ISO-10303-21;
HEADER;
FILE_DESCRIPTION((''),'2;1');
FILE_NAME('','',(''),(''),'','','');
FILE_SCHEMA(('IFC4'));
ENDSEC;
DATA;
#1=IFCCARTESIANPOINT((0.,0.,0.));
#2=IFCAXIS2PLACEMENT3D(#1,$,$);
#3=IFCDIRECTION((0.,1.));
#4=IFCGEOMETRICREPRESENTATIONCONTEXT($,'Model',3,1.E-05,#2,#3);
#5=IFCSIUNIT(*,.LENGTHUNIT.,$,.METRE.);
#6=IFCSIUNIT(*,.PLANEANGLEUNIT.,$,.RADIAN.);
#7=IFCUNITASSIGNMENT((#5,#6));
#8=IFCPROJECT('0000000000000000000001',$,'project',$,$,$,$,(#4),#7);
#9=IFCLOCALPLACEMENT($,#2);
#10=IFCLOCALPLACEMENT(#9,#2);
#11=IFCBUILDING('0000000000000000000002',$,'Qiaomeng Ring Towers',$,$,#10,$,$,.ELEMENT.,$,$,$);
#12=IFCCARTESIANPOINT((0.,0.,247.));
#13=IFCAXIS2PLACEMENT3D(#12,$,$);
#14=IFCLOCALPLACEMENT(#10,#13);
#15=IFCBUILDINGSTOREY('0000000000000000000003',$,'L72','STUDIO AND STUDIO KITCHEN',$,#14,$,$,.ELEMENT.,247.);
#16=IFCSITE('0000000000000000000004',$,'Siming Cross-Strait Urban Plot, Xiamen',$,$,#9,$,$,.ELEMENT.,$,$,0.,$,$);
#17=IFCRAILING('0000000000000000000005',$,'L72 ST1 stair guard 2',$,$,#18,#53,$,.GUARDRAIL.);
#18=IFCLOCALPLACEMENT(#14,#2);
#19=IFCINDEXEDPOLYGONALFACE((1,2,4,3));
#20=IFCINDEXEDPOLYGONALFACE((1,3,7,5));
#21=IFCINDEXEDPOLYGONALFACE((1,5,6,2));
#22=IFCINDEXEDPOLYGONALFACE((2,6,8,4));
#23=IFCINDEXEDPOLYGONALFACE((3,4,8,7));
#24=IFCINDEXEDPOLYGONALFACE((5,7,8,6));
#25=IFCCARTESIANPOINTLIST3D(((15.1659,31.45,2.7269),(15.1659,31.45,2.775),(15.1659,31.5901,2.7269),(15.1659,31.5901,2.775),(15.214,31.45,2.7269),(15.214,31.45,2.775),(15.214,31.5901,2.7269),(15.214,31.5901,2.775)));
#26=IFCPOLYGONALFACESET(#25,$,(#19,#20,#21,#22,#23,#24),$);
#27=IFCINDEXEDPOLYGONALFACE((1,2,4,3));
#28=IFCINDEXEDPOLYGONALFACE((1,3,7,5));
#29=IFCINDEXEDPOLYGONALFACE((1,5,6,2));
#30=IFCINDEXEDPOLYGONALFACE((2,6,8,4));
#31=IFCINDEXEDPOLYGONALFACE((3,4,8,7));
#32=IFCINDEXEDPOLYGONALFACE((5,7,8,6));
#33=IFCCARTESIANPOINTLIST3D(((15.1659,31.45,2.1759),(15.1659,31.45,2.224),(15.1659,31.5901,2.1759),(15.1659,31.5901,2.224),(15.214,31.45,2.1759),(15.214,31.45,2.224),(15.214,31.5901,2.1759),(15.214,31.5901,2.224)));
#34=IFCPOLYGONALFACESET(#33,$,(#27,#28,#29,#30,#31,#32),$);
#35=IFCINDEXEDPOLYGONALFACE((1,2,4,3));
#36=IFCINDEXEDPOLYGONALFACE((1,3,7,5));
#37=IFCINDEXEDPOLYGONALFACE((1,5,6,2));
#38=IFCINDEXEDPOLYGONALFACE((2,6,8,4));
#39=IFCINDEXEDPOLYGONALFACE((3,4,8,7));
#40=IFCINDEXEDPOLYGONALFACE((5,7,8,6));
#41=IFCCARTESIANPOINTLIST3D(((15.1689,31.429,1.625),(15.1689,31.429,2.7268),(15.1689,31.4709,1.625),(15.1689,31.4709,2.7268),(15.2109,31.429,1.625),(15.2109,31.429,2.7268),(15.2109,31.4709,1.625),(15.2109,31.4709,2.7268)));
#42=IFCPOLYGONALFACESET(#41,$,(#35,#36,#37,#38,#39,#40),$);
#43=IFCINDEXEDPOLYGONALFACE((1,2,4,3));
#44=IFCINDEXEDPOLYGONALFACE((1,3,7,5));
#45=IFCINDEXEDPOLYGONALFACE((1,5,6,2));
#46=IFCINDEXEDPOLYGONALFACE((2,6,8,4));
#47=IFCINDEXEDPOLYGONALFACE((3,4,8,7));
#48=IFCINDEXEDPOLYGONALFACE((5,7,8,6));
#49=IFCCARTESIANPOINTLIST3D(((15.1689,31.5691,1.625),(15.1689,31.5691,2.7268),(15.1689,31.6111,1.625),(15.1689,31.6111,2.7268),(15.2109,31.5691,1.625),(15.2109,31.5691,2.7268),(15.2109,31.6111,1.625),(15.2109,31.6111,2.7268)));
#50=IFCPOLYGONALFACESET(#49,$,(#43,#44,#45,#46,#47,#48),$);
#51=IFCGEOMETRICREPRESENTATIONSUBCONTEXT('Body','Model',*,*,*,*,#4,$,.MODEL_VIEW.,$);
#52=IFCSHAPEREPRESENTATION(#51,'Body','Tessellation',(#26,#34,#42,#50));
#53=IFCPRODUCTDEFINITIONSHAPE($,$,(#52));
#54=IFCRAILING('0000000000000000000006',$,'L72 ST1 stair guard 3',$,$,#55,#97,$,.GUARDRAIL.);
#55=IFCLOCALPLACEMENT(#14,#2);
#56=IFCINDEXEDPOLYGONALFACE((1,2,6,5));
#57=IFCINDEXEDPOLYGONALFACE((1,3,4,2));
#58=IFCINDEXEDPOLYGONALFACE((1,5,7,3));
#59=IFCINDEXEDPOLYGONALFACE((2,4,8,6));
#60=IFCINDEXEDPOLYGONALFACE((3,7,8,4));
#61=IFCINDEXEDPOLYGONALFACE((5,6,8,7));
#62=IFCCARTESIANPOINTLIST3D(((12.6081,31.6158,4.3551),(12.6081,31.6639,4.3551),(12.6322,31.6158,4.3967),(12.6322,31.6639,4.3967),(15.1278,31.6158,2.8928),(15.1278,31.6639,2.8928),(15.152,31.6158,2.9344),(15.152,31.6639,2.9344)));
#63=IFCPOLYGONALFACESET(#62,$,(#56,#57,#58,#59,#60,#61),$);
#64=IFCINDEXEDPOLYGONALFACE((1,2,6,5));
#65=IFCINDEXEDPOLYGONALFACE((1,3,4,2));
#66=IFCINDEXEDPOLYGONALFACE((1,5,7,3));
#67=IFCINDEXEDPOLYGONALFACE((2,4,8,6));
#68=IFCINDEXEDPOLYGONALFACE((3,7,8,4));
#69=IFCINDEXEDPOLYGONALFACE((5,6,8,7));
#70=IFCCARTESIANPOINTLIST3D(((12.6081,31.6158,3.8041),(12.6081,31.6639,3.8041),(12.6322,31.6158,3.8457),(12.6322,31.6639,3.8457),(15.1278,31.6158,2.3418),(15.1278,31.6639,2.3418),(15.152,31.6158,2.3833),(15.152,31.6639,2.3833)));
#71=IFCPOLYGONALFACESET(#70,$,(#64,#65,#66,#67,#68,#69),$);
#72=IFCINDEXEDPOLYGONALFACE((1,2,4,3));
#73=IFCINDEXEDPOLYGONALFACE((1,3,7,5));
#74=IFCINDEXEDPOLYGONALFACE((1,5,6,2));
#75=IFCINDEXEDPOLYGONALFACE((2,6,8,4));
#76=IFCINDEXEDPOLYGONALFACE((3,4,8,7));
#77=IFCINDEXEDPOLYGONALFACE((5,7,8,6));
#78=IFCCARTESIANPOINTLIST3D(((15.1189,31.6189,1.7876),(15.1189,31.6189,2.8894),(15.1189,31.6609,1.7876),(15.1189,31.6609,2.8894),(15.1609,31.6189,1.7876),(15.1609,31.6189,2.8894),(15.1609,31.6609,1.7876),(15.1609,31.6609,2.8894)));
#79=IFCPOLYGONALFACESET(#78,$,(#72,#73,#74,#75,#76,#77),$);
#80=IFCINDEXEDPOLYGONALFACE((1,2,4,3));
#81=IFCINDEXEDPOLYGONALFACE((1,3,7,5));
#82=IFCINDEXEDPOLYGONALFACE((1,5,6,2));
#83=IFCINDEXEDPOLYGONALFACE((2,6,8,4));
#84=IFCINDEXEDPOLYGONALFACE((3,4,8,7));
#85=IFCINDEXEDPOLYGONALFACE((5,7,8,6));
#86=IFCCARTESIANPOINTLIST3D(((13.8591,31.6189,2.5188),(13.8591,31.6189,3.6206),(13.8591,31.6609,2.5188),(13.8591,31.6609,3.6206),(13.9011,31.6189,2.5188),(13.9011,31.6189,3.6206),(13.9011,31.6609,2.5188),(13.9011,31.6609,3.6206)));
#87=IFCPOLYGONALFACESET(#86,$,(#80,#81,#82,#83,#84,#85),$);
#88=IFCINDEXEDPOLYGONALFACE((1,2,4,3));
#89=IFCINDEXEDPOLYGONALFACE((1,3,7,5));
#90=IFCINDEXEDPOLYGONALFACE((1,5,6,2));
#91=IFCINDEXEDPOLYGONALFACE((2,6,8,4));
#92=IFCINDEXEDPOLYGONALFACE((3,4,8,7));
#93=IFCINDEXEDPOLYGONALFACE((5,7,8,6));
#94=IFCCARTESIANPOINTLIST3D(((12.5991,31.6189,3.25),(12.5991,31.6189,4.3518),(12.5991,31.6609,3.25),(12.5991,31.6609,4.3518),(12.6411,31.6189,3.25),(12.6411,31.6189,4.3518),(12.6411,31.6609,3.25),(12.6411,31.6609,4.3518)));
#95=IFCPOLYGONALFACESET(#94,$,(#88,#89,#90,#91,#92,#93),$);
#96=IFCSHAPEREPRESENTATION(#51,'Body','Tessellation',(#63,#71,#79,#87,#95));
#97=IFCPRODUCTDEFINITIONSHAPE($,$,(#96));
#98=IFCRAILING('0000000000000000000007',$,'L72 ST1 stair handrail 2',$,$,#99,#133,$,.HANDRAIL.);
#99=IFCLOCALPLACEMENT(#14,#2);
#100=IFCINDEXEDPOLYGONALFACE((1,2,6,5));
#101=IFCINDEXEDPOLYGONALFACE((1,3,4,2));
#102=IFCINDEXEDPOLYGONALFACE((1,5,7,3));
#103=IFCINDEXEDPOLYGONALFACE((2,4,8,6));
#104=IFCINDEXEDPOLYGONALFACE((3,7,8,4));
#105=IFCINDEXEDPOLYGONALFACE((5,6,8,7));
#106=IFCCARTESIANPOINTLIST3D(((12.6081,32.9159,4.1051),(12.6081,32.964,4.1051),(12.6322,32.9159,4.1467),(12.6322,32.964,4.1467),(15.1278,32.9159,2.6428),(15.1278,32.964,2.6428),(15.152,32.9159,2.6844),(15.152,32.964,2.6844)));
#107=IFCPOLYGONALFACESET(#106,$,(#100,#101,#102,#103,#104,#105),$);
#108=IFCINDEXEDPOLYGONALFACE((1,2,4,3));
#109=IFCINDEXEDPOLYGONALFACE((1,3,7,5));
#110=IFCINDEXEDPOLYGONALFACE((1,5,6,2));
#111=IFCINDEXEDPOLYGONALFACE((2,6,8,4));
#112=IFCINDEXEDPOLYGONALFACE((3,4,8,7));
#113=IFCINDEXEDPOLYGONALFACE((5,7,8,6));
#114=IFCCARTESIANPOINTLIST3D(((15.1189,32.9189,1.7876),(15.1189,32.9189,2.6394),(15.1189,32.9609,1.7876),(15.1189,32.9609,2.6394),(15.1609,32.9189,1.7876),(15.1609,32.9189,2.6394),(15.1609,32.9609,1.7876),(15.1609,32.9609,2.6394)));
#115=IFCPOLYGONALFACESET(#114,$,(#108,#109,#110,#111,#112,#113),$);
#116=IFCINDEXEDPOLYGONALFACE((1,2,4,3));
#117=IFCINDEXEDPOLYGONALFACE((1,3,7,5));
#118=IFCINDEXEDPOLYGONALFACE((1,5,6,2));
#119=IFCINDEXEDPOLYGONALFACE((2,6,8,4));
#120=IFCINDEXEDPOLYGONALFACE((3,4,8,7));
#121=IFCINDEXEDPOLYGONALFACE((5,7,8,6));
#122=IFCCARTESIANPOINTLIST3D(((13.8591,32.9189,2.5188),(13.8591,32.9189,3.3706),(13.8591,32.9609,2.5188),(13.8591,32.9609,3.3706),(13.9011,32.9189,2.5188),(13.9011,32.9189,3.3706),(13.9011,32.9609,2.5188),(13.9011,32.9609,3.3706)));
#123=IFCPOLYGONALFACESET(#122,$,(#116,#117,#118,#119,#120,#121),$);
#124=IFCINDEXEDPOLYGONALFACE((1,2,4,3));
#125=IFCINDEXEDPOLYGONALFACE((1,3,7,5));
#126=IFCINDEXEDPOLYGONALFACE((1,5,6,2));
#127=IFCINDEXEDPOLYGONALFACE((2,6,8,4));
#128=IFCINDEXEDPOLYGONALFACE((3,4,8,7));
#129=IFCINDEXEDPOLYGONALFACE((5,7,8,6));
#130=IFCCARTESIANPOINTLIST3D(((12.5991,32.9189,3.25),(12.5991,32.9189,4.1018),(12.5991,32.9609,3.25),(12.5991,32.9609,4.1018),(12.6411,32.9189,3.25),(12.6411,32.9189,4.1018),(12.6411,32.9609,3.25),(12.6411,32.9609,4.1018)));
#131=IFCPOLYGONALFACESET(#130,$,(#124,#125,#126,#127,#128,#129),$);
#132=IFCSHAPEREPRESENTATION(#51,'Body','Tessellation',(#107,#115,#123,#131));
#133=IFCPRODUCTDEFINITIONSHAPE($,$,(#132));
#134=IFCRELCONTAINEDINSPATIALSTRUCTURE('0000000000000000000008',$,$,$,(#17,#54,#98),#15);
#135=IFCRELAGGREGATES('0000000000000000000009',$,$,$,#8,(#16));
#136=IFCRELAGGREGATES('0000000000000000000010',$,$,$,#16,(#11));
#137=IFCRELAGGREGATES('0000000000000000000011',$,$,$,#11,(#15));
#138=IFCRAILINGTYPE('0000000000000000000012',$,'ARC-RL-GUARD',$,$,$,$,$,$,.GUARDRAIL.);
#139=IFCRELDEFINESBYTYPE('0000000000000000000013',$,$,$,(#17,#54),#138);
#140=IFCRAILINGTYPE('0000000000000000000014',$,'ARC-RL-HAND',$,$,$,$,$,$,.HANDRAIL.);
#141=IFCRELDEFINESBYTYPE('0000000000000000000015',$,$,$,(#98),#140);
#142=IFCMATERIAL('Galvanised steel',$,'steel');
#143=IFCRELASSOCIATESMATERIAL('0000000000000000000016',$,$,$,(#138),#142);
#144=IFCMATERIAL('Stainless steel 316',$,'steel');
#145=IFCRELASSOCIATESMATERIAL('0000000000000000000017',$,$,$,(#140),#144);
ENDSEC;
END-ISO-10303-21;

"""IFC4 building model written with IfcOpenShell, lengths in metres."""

from ifc_helpers import new_model, si_unit, direction, frame, origin, origin_2d, place, context, subcontext, project, spatial, rectangle, extrude, material, type_object, element, save


model = new_model("IFC4")

# Units and contexts
model_context = context("Model", 3, precision=1e-05, world=origin(), true_north=direction((0.0, 1.0)))
body_context = subcontext(model_context, "Body", "Model", "MODEL_VIEW")
ifc_project = project(units=[si_unit("LENGTHUNIT", "METRE"), si_unit("PLANEANGLEUNIT", "RADIAN")], contexts=[model_context])

# Site, building, storey
site_placement = place(None, origin())
site = spatial("IfcSite", under=ifc_project, at=site_placement, Name="Siming Cross-Strait Urban Plot, Xiamen", CompositionType="ELEMENT", RefElevation=0.0)
building_placement = place(site_placement, origin())
building = spatial("IfcBuilding", under=site, at=building_placement, Name="Qiaomeng Ring Towers", CompositionType="ELEMENT")
storey_placement = place(building_placement, frame((0.0, 0.0, 247.0)))
storey = spatial("IfcBuildingStorey", under=building, at=storey_placement, Name="L72", Description="STUDIO AND STUDIO KITCHEN", CompositionType="ELEMENT", Elevation=247.0)

# Shared definitions
ifc_material_1 = material(Name="Galvanised steel", Category="steel")

# Shared definitions
ifc_material_2 = material(Name="Stainless steel 316", Category="steel")

# Railings
railing_type_1 = type_object("IfcRailingType", Name="ARC-RL-GUARD", PredefinedType="GUARDRAIL", material=ifc_material_1)
railing_1_placement = place(storey_placement, frame((15.1899, 31.45, 1.625)))
element("IfcRailing", 1, at=railing_1_placement, inside=storey, type_object=railing_type_1, Name="L72 ST1 stair guard 2", PredefinedType="GUARDRAIL", context=body_context, shape_type="SweptSolid", body=[
    extrude(rectangle(XDim=0.0481, YDim=0.0481, at=origin_2d()), frame((0.0, 0.0, 1.126), z_axis=(0.0, 1.0, 0.0), x_axis=(-1.0, 0.0, 0.0)), (0.0, 0.0, 1.0), 0.1401),
    extrude(rectangle(XDim=0.0481, YDim=0.0481, at=origin_2d()), frame((0.0, 0.0, 0.575), z_axis=(0.0, 1.0, 0.0), x_axis=(-1.0, 0.0, 0.0)), (0.0, 0.0, 1.0), 0.1401),
    extrude(rectangle(XDim=0.042, YDim=0.042, at=origin_2d()), origin(), (0.0, 0.0, 1.0), 1.1018),
    extrude(rectangle(XDim=0.042, YDim=0.042, at=origin_2d()), frame((0.0, 0.1401, 0.0)), (0.0, 0.0, 1.0), 1.1018),
])
railing_2_placement = place(storey_placement, frame((15.1399, 31.6399, 1.7876)))
element("IfcRailing", 2, at=railing_2_placement, inside=storey, type_object=railing_type_1, Name="L72 ST1 stair guard 3", PredefinedType="GUARDRAIL", context=body_context, shape_type="SweptSolid", body=[
    extrude(rectangle(XDim=0.0481, YDim=0.0481, at=origin_2d()), frame((0.0, 0.0, 1.126), z_axis=(-0.864892, 0.0, 0.501958), x_axis=(0.0, -1.0, 0.0)), (0.0, 0.0, 1.0), 2.9133),
    extrude(rectangle(XDim=0.0481, YDim=0.0481, at=origin_2d()), frame((0.0, 0.0, 0.575), z_axis=(-0.864892, 0.0, 0.501958), x_axis=(0.0, -1.0, 0.0)), (0.0, 0.0, 1.0), 2.9133),
    extrude(rectangle(XDim=0.042, YDim=0.042, at=origin_2d()), origin(), (0.0, 0.0, 1.0), 1.1018),
    extrude(rectangle(XDim=0.042, YDim=0.042, at=origin_2d()), frame((-1.2598, 0.0, 0.7312)), (0.0, 0.0, 1.0), 1.1018),
    extrude(rectangle(XDim=0.042, YDim=0.042, at=origin_2d()), frame((-2.5198, 0.0, 1.4624)), (0.0, 0.0, 1.0), 1.1018),
])
railing_type_2 = type_object("IfcRailingType", Name="ARC-RL-HAND", PredefinedType="HANDRAIL", material=ifc_material_2)
railing_3_placement = place(storey_placement, frame((15.1399, 32.9399, 1.7876)))
element("IfcRailing", 3, at=railing_3_placement, inside=storey, type_object=railing_type_2, Name="L72 ST1 stair handrail 2", PredefinedType="HANDRAIL", context=body_context, shape_type="SweptSolid", body=[
    extrude(rectangle(XDim=0.0481, YDim=0.0481, at=origin_2d()), frame((0.0, 0.0, 0.876), z_axis=(-0.864892, 0.0, 0.501958), x_axis=(0.0, -1.0, 0.0)), (0.0, 0.0, 1.0), 2.9133),
    extrude(rectangle(XDim=0.042, YDim=0.042, at=origin_2d()), origin(), (0.0, 0.0, 1.0), 0.8518),
    extrude(rectangle(XDim=0.042, YDim=0.042, at=origin_2d()), frame((-1.2598, 0.0, 0.7312)), (0.0, 0.0, 1.0), 0.8518),
    extrude(rectangle(XDim=0.042, YDim=0.042, at=origin_2d()), frame((-2.5198, 0.0, 1.4624)), (0.0, 0.0, 1.0), 0.8518),
])

save(model, "model.ifc")
